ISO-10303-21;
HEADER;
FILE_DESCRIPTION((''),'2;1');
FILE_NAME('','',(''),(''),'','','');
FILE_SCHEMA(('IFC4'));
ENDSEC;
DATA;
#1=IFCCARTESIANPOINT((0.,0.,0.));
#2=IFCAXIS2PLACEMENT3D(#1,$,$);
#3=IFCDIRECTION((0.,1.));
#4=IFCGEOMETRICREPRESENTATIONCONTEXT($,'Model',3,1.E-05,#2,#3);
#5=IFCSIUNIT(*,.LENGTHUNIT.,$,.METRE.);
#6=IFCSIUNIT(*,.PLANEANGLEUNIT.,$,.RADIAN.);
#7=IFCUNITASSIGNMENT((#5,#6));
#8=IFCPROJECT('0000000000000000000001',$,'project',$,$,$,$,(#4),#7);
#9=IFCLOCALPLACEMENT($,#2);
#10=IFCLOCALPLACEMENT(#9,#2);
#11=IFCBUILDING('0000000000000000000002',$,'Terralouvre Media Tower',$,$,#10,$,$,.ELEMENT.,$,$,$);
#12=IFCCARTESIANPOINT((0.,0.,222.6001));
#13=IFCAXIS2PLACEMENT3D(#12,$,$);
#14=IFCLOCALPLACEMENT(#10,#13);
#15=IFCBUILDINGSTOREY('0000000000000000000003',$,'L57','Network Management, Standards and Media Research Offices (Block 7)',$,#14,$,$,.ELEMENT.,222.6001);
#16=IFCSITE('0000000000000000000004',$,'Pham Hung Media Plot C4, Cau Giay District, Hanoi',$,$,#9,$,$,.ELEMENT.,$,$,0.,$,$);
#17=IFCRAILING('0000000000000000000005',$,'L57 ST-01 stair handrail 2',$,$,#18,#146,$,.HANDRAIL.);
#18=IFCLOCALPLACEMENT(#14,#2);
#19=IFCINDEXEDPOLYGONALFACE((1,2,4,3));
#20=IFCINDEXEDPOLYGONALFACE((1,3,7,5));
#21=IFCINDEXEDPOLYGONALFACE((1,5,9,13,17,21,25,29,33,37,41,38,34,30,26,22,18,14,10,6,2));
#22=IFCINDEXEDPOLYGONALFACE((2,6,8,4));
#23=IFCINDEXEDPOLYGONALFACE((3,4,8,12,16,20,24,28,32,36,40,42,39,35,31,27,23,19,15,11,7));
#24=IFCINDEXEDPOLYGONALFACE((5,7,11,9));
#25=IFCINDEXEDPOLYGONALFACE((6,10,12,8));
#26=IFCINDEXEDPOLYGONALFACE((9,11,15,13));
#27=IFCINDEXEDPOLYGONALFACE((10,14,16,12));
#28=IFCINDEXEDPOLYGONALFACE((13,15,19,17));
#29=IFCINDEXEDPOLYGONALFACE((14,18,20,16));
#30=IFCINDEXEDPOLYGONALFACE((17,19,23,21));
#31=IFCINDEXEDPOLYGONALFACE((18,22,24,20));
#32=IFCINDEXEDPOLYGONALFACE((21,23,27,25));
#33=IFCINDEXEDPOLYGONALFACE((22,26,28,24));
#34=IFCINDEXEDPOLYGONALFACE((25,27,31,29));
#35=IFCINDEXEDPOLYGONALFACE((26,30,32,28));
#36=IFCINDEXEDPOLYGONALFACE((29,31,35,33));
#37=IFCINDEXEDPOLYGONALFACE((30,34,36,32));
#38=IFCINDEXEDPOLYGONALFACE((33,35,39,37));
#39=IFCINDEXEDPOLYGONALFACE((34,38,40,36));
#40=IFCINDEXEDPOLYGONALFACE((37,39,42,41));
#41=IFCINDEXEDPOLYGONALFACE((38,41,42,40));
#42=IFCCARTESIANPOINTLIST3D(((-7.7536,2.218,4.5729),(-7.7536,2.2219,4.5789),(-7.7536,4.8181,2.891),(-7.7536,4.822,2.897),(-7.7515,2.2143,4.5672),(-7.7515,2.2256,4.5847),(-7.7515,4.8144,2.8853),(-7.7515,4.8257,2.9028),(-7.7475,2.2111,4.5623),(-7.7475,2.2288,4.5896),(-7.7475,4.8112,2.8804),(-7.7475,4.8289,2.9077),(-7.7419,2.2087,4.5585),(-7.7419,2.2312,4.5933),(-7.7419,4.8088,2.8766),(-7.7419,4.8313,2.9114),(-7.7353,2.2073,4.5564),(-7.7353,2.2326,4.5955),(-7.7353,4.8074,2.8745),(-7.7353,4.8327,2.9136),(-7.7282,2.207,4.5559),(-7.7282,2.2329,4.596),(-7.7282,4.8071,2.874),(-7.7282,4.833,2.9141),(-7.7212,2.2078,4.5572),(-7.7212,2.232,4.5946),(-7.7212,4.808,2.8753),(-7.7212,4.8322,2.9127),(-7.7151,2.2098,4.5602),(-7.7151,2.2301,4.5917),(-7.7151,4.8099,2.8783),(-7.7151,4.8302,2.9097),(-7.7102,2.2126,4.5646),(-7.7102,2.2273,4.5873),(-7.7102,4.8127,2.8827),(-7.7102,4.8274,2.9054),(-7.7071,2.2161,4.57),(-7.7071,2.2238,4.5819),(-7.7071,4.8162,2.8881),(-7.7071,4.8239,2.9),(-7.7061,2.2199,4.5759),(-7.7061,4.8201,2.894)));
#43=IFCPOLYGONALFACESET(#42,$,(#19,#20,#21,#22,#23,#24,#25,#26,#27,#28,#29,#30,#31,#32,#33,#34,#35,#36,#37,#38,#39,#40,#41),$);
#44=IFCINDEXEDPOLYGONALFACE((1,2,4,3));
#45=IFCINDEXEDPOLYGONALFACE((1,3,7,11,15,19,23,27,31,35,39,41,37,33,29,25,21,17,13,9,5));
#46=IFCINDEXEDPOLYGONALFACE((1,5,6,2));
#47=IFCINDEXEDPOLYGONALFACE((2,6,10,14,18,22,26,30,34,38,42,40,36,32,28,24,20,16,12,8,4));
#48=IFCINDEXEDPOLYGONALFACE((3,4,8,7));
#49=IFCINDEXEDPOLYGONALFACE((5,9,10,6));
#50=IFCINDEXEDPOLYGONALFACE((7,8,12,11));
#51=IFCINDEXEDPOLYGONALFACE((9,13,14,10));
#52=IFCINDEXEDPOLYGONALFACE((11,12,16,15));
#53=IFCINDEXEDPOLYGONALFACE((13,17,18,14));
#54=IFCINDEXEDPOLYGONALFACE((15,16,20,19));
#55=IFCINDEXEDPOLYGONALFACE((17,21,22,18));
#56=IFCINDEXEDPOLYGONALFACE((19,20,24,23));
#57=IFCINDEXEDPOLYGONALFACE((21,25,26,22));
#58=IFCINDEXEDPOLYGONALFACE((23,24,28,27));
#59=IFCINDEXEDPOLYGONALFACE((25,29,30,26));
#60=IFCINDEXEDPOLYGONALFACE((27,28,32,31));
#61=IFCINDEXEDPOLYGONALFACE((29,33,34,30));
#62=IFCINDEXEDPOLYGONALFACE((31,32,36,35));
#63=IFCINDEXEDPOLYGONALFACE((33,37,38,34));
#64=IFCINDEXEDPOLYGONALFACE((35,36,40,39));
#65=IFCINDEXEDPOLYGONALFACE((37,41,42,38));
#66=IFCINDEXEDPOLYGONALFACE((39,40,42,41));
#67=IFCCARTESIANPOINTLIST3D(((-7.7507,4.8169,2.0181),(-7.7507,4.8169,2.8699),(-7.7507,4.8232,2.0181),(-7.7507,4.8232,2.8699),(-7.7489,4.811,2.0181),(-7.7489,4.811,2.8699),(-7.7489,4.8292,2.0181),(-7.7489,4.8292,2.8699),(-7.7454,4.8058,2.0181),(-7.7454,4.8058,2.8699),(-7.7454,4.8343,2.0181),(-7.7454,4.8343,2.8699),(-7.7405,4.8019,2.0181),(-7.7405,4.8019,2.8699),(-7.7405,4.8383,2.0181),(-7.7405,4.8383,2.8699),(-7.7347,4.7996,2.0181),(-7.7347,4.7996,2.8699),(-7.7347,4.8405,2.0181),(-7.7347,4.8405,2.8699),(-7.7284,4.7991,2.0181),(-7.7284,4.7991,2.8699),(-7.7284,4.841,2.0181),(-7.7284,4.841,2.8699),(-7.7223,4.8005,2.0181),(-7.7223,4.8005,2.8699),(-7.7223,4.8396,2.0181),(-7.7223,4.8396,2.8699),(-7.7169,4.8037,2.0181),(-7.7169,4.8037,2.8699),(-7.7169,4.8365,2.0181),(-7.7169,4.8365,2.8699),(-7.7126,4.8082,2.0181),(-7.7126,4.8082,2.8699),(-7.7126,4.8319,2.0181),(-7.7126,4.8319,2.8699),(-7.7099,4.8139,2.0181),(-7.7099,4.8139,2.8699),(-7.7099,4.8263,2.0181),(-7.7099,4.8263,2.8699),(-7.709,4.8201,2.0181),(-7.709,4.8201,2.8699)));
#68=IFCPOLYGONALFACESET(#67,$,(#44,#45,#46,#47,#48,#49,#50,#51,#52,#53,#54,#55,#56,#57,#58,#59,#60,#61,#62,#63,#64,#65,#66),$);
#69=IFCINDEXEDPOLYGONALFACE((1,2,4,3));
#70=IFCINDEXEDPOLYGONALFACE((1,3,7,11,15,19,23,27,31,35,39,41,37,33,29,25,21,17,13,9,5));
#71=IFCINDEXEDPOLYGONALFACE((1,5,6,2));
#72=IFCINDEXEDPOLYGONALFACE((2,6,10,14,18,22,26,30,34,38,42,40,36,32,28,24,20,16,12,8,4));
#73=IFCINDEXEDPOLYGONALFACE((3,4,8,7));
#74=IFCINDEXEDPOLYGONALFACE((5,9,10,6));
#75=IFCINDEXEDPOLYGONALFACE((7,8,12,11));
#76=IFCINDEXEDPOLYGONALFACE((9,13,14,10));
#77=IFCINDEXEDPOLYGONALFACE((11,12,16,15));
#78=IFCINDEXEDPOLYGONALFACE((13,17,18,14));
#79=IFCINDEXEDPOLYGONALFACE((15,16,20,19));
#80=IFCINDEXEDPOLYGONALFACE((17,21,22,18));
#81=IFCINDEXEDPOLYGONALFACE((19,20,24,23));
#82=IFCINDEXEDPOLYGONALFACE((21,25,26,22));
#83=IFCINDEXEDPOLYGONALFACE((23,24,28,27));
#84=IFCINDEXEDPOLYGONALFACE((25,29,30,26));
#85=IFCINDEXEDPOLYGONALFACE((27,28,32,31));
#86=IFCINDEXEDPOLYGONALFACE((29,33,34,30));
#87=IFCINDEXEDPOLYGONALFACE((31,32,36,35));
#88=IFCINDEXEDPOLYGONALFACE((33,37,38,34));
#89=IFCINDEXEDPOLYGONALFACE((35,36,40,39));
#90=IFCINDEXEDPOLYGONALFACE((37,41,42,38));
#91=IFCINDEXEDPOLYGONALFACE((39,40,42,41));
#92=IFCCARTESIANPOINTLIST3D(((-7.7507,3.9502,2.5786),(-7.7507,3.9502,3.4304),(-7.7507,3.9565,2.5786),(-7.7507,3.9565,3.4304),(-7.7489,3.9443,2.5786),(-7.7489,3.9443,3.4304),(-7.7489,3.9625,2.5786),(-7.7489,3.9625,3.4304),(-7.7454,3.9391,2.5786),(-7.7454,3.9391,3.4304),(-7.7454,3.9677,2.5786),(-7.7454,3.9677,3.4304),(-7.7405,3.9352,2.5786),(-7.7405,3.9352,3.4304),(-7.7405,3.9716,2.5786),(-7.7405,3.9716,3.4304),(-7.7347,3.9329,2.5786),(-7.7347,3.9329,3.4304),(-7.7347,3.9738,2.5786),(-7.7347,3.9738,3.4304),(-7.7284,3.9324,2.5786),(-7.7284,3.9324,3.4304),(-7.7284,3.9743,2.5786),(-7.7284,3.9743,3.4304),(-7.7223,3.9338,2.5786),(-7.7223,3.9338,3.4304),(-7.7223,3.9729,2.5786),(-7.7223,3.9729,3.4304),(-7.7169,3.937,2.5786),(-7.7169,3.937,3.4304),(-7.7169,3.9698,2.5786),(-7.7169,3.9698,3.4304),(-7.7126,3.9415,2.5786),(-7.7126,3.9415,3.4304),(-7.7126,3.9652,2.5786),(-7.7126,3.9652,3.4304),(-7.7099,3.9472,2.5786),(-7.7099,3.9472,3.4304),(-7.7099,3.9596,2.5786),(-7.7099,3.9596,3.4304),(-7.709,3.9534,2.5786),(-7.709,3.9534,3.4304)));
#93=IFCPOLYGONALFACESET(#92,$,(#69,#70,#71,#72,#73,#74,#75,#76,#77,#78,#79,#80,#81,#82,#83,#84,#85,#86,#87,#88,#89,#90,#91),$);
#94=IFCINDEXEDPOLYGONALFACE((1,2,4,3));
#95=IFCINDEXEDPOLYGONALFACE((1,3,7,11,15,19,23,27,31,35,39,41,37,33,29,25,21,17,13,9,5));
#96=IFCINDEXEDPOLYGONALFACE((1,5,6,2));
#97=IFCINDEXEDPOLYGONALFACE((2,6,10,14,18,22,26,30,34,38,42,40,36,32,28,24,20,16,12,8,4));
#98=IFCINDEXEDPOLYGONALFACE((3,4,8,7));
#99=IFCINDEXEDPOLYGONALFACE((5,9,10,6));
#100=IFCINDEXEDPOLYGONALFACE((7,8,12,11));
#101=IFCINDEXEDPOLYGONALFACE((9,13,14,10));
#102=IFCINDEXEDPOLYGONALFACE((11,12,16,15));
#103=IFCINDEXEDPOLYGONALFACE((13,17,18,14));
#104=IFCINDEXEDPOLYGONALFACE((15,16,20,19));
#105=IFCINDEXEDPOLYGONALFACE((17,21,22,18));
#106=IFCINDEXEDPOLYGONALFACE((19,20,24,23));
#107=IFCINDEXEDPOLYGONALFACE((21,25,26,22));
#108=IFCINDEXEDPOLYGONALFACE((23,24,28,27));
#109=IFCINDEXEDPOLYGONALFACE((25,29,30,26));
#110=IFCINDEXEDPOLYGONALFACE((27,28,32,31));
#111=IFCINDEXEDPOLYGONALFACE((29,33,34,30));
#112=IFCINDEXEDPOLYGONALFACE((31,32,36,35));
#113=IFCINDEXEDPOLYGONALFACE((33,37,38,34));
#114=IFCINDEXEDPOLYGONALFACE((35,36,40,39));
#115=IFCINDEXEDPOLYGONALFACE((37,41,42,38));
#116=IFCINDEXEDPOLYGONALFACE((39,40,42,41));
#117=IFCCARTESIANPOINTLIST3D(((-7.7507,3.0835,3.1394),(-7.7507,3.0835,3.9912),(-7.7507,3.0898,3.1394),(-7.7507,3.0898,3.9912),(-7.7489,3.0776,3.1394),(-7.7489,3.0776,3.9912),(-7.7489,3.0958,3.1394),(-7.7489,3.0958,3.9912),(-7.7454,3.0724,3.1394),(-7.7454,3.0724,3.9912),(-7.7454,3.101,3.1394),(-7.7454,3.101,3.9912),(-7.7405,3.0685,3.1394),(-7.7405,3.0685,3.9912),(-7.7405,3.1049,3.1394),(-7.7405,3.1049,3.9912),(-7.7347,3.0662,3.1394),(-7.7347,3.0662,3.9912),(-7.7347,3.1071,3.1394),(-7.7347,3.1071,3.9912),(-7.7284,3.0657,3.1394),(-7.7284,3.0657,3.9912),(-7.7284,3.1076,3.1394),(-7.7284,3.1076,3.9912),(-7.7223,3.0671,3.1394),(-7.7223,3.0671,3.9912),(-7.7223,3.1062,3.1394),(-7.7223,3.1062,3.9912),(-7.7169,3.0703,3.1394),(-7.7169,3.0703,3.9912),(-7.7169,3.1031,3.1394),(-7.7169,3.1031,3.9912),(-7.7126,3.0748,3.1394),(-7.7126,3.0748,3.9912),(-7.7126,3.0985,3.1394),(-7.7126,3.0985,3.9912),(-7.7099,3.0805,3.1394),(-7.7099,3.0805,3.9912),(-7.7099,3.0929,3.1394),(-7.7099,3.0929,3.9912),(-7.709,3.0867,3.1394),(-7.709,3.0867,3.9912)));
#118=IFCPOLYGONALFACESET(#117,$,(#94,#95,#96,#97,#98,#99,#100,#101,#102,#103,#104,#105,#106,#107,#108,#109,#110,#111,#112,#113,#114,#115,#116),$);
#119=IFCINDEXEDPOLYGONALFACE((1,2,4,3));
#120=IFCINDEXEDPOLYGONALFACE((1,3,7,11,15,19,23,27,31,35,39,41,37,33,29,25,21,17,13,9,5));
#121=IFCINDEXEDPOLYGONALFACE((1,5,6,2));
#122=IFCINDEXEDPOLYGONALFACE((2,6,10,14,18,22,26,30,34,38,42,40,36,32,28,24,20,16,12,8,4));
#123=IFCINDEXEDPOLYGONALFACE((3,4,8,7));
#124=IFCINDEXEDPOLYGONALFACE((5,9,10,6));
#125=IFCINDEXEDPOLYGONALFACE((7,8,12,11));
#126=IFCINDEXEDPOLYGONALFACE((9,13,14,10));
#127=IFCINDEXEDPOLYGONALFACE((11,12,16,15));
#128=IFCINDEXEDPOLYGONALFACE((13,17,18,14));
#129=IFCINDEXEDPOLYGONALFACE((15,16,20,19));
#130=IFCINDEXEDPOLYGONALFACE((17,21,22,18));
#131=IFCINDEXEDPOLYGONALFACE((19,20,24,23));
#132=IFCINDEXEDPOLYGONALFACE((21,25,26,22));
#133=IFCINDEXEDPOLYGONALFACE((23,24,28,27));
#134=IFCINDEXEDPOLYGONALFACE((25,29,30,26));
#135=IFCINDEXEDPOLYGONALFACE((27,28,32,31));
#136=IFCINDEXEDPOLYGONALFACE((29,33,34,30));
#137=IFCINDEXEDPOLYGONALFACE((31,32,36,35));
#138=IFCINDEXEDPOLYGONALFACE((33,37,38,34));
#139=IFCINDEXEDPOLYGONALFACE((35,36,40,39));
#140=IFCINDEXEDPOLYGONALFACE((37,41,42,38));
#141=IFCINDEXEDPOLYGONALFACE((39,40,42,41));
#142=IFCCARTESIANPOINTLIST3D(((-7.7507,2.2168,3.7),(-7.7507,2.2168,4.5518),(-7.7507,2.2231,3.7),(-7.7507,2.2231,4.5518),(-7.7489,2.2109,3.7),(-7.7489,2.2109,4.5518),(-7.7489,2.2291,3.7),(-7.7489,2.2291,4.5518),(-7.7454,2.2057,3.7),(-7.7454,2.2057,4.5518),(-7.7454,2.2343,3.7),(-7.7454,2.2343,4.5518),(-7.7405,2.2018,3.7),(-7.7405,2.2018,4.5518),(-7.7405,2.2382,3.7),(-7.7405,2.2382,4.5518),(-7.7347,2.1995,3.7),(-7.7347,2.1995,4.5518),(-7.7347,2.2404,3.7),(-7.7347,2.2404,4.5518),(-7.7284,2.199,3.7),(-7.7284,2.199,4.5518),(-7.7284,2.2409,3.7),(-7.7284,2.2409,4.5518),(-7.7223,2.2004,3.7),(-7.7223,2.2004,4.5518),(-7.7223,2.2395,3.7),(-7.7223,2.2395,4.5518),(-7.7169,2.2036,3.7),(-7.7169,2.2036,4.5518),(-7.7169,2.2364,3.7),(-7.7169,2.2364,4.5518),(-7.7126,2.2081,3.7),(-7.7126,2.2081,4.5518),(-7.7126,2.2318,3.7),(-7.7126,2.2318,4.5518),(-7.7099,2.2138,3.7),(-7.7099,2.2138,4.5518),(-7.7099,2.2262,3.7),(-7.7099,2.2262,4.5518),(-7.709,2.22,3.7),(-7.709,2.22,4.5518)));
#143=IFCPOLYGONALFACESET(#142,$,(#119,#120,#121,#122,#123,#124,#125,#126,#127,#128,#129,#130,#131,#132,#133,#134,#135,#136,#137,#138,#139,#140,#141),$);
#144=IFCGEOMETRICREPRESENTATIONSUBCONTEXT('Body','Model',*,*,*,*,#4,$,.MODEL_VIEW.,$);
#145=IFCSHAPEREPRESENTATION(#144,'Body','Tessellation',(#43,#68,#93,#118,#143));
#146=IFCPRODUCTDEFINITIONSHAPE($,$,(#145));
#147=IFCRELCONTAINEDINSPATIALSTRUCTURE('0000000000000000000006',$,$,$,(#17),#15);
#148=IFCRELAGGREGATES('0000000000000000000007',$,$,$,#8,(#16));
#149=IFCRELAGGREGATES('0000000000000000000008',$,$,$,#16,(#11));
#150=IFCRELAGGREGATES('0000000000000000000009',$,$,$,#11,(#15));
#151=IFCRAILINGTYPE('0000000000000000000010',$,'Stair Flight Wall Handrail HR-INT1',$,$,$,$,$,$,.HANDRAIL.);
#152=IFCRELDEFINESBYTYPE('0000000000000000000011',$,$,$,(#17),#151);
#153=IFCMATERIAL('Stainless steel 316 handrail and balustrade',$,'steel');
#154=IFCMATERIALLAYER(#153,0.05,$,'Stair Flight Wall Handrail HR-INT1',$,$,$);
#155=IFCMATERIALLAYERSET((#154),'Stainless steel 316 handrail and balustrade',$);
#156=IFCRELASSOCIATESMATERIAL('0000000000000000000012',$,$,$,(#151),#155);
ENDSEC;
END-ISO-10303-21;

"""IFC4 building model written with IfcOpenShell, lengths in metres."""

from ifc_helpers import new_model, si_unit, direction, frame, origin, origin_2d, place, context, subcontext, project, spatial, circle, extrude, material, layer, layer_set, type_object, element, save


model = new_model("IFC4")

# Units and contexts
model_context = context("Model", 3, precision=1e-05, world=origin(), true_north=direction((0.0, 1.0)))
body_context = subcontext(model_context, "Body", "Model", "MODEL_VIEW")
ifc_project = project(units=[si_unit("LENGTHUNIT", "METRE"), si_unit("PLANEANGLEUNIT", "RADIAN")], contexts=[model_context])

# Site, building, storey
site_placement = place(None, origin())
site = spatial("IfcSite", under=ifc_project, at=site_placement, Name="Pham Hung Media Plot C4, Cau Giay District, Hanoi", CompositionType="ELEMENT", RefElevation=0.0)
building_placement = place(site_placement, origin())
building = spatial("IfcBuilding", under=site, at=building_placement, Name="Terralouvre Media Tower", CompositionType="ELEMENT")
storey_placement = place(building_placement, frame((0.0, 0.0, 222.6001)))
storey = spatial("IfcBuildingStorey", under=building, at=storey_placement, Name="L57", Description="Network Management, Standards and Media Research Offices (Block 7)", CompositionType="ELEMENT", Elevation=222.6001)

# Railing
ifc_material_1 = material(Name="Stainless steel 316 handrail and balustrade", Category="steel")
ifc_layer_1 = layer(ifc_material_1, 0.05, Name="Stair Flight Wall Handrail HR-INT1")
ifc_layer_set_1 = layer_set([ifc_layer_1], Name="Stainless steel 316 handrail and balustrade")
railing_type_1 = type_object("IfcRailingType", Name="Stair Flight Wall Handrail HR-INT1", PredefinedType="HANDRAIL", material=ifc_layer_set_1)
railing_1_placement = place(storey_placement, frame((-7.73, 4.8201, 2.0181)))
element("IfcRailing", 1, at=railing_1_placement, inside=storey, type_object=railing_type_1, Name="L57 ST-01 stair handrail 2", PredefinedType="HANDRAIL", context=body_context, shape_type="SweptSolid", body=[
    extrude(circle(Radius=0.0239, at=origin_2d()), frame((0.0, 0.0, 0.876), z_axis=(0.0, -0.839648, 0.54313), x_axis=(1.0, 0.0, 0.0)), (0.0, 0.0, 1.0), 3.0967),
    extrude(circle(Radius=0.021, at=origin_2d()), origin(), (0.0, 0.0, 1.0), 0.8518),
    extrude(circle(Radius=0.021, at=origin_2d()), frame((0.0, -0.8667, 0.5605)), (0.0, 0.0, 1.0), 0.8518),
    extrude(circle(Radius=0.021, at=origin_2d()), frame((0.0, -1.7334, 1.1213)), (0.0, 0.0, 1.0), 0.8518),
    extrude(circle(Radius=0.021, at=origin_2d()), frame((0.0, -2.6001, 1.6819)), (0.0, 0.0, 1.0), 0.8518),
])

save(model, "model.ifc")
